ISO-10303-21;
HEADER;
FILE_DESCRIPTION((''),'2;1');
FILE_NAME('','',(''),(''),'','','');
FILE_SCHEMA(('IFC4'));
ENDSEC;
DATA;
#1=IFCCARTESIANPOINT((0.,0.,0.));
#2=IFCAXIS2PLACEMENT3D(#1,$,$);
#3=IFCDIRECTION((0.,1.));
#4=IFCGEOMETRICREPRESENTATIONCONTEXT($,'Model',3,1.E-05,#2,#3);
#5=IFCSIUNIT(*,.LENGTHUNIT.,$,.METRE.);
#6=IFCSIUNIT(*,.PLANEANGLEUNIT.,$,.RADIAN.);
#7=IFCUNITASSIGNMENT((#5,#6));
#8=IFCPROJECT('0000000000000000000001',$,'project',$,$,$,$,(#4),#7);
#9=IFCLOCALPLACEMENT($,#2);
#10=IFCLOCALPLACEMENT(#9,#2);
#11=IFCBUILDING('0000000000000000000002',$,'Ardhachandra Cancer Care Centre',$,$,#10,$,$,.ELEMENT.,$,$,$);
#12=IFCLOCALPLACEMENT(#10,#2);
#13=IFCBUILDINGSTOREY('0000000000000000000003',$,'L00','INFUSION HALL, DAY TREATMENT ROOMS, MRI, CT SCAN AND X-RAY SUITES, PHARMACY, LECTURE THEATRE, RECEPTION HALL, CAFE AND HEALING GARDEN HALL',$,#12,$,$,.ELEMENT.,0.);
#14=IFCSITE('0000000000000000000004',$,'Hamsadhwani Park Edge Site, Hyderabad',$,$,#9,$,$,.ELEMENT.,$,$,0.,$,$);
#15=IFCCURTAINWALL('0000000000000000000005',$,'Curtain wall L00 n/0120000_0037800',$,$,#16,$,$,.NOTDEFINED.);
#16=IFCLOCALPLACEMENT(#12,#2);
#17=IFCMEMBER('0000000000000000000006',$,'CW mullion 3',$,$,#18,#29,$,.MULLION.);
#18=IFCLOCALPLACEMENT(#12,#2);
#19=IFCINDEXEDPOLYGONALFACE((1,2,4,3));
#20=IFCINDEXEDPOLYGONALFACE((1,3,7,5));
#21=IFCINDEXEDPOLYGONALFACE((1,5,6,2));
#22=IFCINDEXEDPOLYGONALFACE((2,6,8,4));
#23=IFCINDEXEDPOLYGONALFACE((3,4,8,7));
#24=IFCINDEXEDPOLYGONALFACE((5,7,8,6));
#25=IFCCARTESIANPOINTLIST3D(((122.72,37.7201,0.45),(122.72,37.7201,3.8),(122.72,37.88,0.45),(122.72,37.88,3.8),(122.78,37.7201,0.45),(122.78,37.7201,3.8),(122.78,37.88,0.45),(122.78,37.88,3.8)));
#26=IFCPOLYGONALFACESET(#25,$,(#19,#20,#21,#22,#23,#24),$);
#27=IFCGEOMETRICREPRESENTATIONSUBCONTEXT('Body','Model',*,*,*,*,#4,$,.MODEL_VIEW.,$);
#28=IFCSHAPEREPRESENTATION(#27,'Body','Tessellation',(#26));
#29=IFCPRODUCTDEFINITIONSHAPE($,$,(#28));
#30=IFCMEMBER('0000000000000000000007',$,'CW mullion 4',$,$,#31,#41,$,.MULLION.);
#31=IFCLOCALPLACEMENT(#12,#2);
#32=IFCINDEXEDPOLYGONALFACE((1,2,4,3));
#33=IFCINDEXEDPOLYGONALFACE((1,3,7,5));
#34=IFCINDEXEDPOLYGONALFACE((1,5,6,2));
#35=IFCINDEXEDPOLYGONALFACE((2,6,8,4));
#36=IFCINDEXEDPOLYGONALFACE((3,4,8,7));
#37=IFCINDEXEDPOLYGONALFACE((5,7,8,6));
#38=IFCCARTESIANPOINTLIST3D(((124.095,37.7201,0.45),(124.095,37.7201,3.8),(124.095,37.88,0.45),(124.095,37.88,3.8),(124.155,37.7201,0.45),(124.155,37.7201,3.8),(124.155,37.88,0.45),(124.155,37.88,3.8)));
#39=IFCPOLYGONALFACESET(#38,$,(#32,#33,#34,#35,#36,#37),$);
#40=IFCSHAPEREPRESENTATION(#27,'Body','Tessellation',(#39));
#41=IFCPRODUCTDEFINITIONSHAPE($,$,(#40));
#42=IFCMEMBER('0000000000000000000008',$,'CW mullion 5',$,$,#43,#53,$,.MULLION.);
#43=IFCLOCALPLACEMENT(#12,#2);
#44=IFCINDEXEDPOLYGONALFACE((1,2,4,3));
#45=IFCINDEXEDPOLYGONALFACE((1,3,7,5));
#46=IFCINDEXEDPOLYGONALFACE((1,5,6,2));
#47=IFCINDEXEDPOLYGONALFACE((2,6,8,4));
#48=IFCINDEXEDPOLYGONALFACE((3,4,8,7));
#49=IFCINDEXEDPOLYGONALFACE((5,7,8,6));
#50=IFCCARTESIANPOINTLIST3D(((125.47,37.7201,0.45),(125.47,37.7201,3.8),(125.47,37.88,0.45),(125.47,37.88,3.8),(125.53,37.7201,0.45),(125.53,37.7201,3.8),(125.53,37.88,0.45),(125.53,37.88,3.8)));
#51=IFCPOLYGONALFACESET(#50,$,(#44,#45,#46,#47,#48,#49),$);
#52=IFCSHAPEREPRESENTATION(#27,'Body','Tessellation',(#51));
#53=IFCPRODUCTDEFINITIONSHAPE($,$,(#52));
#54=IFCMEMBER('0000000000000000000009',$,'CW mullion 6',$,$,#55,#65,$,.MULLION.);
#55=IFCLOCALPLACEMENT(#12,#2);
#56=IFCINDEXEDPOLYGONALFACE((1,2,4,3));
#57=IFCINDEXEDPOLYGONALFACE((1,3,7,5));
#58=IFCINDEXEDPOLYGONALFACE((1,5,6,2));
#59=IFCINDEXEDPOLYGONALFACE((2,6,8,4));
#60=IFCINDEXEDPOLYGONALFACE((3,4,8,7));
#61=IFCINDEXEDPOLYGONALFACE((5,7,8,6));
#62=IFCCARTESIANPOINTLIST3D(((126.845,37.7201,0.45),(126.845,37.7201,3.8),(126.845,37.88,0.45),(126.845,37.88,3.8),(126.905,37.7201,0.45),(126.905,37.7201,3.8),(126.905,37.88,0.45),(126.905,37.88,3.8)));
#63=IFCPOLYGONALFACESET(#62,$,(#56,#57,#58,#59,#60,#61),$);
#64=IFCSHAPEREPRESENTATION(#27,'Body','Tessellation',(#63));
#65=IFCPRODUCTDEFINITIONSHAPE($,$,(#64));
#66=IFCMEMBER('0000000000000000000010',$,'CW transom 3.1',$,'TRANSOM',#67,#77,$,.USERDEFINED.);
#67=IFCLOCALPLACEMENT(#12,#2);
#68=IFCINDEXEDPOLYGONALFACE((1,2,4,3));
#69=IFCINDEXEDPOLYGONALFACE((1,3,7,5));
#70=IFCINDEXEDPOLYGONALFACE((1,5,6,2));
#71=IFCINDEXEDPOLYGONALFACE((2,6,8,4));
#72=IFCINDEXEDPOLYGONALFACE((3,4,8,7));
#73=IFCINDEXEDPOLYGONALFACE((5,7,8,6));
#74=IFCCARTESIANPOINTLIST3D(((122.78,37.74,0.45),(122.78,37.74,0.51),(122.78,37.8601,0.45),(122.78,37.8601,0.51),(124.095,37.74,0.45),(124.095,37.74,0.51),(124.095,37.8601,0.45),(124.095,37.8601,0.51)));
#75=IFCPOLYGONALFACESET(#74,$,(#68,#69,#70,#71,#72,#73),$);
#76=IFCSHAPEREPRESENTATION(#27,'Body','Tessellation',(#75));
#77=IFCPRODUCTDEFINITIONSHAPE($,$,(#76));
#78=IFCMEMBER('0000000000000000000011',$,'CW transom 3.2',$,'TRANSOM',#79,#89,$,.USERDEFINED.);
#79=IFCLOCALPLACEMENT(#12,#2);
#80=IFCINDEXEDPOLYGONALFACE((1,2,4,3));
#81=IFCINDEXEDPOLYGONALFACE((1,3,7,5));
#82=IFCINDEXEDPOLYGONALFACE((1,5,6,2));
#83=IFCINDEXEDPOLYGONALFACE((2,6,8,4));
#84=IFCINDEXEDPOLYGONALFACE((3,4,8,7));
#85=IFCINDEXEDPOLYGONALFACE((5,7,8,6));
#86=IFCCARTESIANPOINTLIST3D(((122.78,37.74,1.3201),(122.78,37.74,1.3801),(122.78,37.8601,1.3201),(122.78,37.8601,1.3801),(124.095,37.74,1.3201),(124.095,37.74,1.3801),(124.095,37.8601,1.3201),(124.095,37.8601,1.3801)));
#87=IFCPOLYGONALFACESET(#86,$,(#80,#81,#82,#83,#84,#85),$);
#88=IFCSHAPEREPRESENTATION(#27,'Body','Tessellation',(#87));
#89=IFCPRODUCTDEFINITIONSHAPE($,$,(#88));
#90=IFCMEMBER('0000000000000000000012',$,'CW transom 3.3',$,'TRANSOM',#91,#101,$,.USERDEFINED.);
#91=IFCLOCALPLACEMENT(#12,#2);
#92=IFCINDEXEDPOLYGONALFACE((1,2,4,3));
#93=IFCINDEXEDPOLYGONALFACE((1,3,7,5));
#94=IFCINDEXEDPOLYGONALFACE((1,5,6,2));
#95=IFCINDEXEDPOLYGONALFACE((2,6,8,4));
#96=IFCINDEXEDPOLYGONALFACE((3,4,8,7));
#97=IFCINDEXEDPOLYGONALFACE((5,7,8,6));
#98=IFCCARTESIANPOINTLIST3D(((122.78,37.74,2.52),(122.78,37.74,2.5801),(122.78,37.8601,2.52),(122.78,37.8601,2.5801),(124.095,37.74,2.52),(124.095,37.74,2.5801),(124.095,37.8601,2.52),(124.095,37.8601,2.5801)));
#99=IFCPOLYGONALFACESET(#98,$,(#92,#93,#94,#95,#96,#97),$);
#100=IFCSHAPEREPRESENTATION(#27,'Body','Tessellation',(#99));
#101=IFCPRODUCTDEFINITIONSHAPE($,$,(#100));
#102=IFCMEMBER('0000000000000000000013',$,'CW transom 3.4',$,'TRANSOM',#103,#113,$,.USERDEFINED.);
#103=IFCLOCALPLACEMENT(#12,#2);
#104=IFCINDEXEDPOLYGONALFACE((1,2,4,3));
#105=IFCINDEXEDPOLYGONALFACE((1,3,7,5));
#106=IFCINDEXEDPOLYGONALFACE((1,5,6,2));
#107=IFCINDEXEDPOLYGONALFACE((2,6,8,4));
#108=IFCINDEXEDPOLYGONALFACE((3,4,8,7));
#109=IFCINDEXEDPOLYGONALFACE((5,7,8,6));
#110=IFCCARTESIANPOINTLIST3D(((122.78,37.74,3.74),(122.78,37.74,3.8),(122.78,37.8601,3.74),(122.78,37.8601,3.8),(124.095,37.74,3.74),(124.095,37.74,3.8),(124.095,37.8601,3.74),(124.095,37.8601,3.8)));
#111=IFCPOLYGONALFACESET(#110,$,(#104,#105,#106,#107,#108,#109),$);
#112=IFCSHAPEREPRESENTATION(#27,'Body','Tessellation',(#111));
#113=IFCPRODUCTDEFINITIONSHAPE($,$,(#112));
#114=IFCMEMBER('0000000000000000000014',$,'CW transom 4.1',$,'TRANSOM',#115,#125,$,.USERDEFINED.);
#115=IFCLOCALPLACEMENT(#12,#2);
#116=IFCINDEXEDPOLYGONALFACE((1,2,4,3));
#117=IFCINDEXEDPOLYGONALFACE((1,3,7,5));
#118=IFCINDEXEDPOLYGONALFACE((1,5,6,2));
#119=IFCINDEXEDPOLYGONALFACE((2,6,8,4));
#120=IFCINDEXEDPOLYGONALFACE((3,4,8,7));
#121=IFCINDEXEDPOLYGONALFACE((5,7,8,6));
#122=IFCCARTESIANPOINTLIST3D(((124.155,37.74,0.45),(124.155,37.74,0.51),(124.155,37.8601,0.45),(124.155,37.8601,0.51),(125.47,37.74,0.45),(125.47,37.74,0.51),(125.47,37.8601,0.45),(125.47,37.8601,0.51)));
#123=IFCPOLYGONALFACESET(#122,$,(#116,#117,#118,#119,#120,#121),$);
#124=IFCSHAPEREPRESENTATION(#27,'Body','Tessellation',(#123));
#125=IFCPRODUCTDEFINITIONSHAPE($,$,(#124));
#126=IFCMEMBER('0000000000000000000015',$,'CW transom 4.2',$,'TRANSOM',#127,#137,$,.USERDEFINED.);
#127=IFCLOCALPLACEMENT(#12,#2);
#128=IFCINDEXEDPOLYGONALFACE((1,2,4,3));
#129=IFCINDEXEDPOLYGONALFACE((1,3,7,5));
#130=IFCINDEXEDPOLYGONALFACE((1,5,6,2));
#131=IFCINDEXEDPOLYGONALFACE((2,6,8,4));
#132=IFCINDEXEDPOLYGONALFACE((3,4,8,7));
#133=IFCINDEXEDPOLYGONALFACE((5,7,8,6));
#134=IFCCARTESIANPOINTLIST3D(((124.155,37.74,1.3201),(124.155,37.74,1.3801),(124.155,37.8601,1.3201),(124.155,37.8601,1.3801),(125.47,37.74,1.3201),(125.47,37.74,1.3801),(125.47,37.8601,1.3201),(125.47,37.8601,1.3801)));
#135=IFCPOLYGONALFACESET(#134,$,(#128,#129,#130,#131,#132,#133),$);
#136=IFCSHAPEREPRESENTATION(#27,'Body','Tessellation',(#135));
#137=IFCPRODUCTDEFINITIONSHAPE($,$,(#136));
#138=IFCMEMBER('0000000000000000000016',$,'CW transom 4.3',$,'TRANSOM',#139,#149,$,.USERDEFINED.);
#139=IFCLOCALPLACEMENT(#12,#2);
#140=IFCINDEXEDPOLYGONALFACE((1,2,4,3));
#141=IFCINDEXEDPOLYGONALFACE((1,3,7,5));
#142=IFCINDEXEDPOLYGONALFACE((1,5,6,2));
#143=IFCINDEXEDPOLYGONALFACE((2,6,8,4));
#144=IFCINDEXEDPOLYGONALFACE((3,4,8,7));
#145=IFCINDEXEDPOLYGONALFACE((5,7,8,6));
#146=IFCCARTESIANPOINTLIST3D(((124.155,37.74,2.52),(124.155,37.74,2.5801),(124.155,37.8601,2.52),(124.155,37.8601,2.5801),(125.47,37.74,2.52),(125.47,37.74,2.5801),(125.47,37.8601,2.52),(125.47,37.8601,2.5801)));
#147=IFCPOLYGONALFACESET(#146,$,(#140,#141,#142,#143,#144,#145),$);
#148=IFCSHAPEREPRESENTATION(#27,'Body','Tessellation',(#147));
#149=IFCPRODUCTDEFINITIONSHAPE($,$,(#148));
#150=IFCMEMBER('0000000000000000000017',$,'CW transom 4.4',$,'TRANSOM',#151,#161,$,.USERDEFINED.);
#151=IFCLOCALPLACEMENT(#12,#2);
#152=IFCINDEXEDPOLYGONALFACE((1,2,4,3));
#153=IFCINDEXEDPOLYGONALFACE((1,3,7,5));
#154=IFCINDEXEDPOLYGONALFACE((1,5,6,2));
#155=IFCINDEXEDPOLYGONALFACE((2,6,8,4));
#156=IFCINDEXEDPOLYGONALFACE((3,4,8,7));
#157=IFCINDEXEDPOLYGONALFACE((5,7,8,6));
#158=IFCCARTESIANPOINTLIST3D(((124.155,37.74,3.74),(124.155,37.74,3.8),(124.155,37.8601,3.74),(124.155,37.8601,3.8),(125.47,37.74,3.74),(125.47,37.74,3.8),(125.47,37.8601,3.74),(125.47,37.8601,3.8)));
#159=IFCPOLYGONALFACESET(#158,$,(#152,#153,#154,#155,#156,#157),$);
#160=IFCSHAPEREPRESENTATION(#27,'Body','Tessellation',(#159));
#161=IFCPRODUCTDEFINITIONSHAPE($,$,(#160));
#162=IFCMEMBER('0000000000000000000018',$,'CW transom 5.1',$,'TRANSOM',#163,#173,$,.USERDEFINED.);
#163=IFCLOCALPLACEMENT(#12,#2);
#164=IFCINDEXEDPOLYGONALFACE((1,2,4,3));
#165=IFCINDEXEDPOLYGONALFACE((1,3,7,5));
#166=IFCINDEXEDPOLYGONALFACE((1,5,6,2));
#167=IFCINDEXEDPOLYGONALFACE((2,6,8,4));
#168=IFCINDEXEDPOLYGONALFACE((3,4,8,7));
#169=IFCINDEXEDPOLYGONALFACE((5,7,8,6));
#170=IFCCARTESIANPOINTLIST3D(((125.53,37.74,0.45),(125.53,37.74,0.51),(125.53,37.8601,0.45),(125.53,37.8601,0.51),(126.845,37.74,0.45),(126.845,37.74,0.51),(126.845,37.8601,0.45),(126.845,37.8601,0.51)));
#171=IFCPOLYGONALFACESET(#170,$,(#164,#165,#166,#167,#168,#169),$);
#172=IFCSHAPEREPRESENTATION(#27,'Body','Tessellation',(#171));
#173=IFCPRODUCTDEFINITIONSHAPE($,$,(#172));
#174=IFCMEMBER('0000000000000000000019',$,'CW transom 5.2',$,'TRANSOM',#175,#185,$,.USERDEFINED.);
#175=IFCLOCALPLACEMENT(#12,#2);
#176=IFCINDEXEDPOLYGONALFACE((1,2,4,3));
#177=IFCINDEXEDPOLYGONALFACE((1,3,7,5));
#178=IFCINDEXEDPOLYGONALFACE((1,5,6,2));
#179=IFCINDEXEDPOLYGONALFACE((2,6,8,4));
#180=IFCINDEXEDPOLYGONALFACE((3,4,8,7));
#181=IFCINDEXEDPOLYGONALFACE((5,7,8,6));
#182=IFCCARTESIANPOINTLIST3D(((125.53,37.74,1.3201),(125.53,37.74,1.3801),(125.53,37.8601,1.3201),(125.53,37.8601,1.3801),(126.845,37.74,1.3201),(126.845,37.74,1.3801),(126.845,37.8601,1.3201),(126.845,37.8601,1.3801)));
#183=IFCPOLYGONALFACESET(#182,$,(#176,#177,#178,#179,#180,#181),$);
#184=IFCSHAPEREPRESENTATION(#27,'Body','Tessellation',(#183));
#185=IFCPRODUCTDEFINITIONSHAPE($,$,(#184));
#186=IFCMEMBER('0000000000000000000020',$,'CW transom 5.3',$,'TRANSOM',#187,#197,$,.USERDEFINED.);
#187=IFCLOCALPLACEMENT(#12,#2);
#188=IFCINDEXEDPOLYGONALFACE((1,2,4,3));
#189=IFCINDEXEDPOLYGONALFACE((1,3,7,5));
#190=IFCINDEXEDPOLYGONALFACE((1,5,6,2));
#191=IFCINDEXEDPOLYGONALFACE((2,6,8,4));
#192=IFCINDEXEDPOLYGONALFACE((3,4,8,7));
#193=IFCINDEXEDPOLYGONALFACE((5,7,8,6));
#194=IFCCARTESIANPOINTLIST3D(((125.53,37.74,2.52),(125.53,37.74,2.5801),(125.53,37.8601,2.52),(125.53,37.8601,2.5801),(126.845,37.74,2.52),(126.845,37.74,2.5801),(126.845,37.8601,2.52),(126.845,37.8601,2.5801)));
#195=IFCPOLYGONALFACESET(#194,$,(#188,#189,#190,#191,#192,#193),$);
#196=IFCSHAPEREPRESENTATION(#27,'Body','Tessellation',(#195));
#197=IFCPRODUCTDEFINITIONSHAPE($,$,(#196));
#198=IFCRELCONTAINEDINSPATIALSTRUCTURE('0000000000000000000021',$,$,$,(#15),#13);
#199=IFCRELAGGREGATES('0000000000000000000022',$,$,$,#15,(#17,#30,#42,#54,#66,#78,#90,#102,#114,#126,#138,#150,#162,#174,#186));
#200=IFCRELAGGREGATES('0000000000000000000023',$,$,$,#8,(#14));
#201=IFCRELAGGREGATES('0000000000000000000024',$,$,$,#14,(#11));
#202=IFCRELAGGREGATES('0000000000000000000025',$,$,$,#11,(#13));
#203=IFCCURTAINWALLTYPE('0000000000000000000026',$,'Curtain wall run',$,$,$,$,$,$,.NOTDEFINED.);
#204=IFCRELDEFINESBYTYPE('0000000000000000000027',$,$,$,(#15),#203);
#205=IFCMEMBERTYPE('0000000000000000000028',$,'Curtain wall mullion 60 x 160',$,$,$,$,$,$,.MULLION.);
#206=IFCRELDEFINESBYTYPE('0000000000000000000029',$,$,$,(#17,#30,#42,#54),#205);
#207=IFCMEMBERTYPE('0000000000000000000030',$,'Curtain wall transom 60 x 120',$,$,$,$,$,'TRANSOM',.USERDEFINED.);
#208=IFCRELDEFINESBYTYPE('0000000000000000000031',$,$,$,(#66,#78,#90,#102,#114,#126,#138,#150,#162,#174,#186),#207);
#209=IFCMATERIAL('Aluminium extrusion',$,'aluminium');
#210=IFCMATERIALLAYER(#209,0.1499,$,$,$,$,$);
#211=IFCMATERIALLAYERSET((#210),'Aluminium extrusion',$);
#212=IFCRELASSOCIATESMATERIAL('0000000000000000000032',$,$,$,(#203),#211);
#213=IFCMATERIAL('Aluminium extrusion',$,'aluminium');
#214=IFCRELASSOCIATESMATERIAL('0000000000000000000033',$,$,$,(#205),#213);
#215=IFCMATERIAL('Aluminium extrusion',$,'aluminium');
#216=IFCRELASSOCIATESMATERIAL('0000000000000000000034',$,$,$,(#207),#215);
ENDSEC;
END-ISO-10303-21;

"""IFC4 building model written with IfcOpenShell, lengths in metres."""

from ifc_helpers import new_model, si_unit, direction, frame, origin, origin_2d, place, context, subcontext, project, spatial, rectangle, extrude, material, layer, layer_set, material_profile, profile_set, type_object, element, aggregate, save


model = new_model("IFC4")

# Units and contexts
model_context = context("Model", 3, precision=1e-05, world=origin(), true_north=direction((0.0, 1.0)))
body_context = subcontext(model_context, "Body", "Model", "MODEL_VIEW")
ifc_project = project(units=[si_unit("LENGTHUNIT", "METRE"), si_unit("PLANEANGLEUNIT", "RADIAN")], contexts=[model_context])

# Site, building, storey
site_placement = place(None, origin())
site = spatial("IfcSite", under=ifc_project, at=site_placement, Name="Hamsadhwani Park Edge Site, Hyderabad", CompositionType="ELEMENT", RefElevation=0.0)
building_placement = place(site_placement, origin())
building = spatial("IfcBuilding", under=site, at=building_placement, Name="Ardhachandra Cancer Care Centre", CompositionType="ELEMENT")
storey_placement = place(building_placement, origin())
storey = spatial("IfcBuildingStorey", under=building, at=storey_placement, Name="L00", Description="INFUSION HALL, DAY TREATMENT ROOMS, MRI, CT SCAN AND X-RAY SUITES, PHARMACY, LECTURE THEATRE, RECEPTION HALL, CAFE AND HEALING GARDEN HALL", CompositionType="ELEMENT", Elevation=0.0)

# Curtain wall, members
ifc_material_1 = material(Name="Aluminium extrusion", Category="aluminium")
ifc_layer_1 = layer(ifc_material_1, 0.1499)
ifc_layer_set_1 = layer_set([ifc_layer_1], Name="Aluminium extrusion")
curtain_wall_type = type_object("IfcCurtainWallType", Name="Curtain wall run", PredefinedType="NOTDEFINED", material=ifc_layer_set_1)
curtain_wall_placement = place(storey_placement, origin())
curtain_wall = element("IfcCurtainWall", 1, at=curtain_wall_placement, inside=storey, type_object=curtain_wall_type, Name="Curtain wall L00 n/0120000_0037800", PredefinedType="NOTDEFINED")
ifc_material_2 = material(Name="Aluminium extrusion", Category="aluminium")
ifc_material_profile_1 = material_profile(ifc_material_2, rectangle(XDim=0.1599, YDim=0.0601, at=origin_2d()), Name="Curtain wall mullion 60 x 160")
ifc_profile_set_1 = profile_set([ifc_material_profile_1], Name="Aluminium extrusion")
member_type_1 = type_object("IfcMemberType", Name="Curtain wall mullion 60 x 160", PredefinedType="MULLION", material=ifc_profile_set_1)
member_1_placement = place(storey_placement, frame((122.75, 37.8, 0.45), z_axis=(0.0, 0.0, 1.0), x_axis=(0.0, 1.0, 0.0)))
member_1 = element("IfcMember", 2, at=member_1_placement, type_object=member_type_1, Name="CW mullion 3", PredefinedType="MULLION", context=body_context, shape_type="SweptSolid", body=[
    extrude(rectangle(XDim=0.1599, YDim=0.0601, at=origin_2d()), origin(), (0.0, 0.0, 1.0), 3.3501),
])
member_2_placement = place(storey_placement, frame((124.125, 37.8, 0.45), z_axis=(0.0, 0.0, 1.0), x_axis=(0.0, 1.0, 0.0)))
member_2 = element("IfcMember", 3, at=member_2_placement, type_object=member_type_1, Name="CW mullion 4", PredefinedType="MULLION", context=body_context, shape_type="SweptSolid", body=[
    extrude(rectangle(XDim=0.1599, YDim=0.0601, at=origin_2d()), origin(), (0.0, 0.0, 1.0), 3.3501),
])
member_3_placement = place(storey_placement, frame((125.5, 37.8, 0.45), z_axis=(0.0, 0.0, 1.0), x_axis=(0.0, 1.0, 0.0)))
member_3 = element("IfcMember", 4, at=member_3_placement, type_object=member_type_1, Name="CW mullion 5", PredefinedType="MULLION", context=body_context, shape_type="SweptSolid", body=[
    extrude(rectangle(XDim=0.1599, YDim=0.0601, at=origin_2d()), origin(), (0.0, 0.0, 1.0), 3.3501),
])
member_4_placement = place(storey_placement, frame((126.875, 37.8, 0.45), z_axis=(0.0, 0.0, 1.0), x_axis=(0.0, 1.0, 0.0)))
member_4 = element("IfcMember", 5, at=member_4_placement, type_object=member_type_1, Name="CW mullion 6", PredefinedType="MULLION", context=body_context, shape_type="SweptSolid", body=[
    extrude(rectangle(XDim=0.1599, YDim=0.0601, at=origin_2d()), origin(), (0.0, 0.0, 1.0), 3.3501),
])
ifc_material_3 = material(Name="Aluminium extrusion", Category="aluminium")
ifc_material_profile_2 = material_profile(ifc_material_3, rectangle(XDim=0.1201, YDim=0.0601, at=origin_2d()), Name="Curtain wall transom 60 x 120")
ifc_profile_set_2 = profile_set([ifc_material_profile_2], Name="Aluminium extrusion")
member_type_2 = type_object("IfcMemberType", Name="Curtain wall transom 60 x 120", ElementType="TRANSOM", PredefinedType="USERDEFINED", material=ifc_profile_set_2)
member_5_placement = place(storey_placement, frame((122.78, 37.8, 0.48), z_axis=(1.0, 0.0, 0.0), x_axis=(0.0, 1.0, 0.0)))
member_5 = element("IfcMember", 6, at=member_5_placement, type_object=member_type_2, Name="CW transom 3.1", ObjectType="TRANSOM", PredefinedType="USERDEFINED", context=body_context, shape_type="SweptSolid", body=[
    extrude(rectangle(XDim=0.1201, YDim=0.0601, at=origin_2d()), origin(), (0.0, 0.0, 1.0), 1.3149),
])
member_6_placement = place(storey_placement, frame((122.78, 37.8, 1.3501), z_axis=(1.0, 0.0, 0.0), x_axis=(0.0, 1.0, 0.0)))
member_6 = element("IfcMember", 7, at=member_6_placement, type_object=member_type_2, Name="CW transom 3.2", ObjectType="TRANSOM", PredefinedType="USERDEFINED", context=body_context, shape_type="SweptSolid", body=[
    extrude(rectangle(XDim=0.1201, YDim=0.0601, at=origin_2d()), origin(), (0.0, 0.0, 1.0), 1.3149),
])
member_7_placement = place(storey_placement, frame((122.78, 37.8, 2.55), z_axis=(1.0, 0.0, 0.0), x_axis=(0.0, 1.0, 0.0)))
member_7 = element("IfcMember", 8, at=member_7_placement, type_object=member_type_2, Name="CW transom 3.3", ObjectType="TRANSOM", PredefinedType="USERDEFINED", context=body_context, shape_type="SweptSolid", body=[
    extrude(rectangle(XDim=0.1201, YDim=0.0601, at=origin_2d()), origin(), (0.0, 0.0, 1.0), 1.3149),
])
member_8_placement = place(storey_placement, frame((122.78, 37.8, 3.77), z_axis=(1.0, 0.0, 0.0), x_axis=(0.0, 1.0, 0.0)))
member_8 = element("IfcMember", 9, at=member_8_placement, type_object=member_type_2, Name="CW transom 3.4", ObjectType="TRANSOM", PredefinedType="USERDEFINED", context=body_context, shape_type="SweptSolid", body=[
    extrude(rectangle(XDim=0.1201, YDim=0.0601, at=origin_2d()), origin(), (0.0, 0.0, 1.0), 1.3149),
])
member_9_placement = place(storey_placement, frame((124.155, 37.8, 0.48), z_axis=(1.0, 0.0, 0.0), x_axis=(0.0, 1.0, 0.0)))
member_9 = element("IfcMember", 10, at=member_9_placement, type_object=member_type_2, Name="CW transom 4.1", ObjectType="TRANSOM", PredefinedType="USERDEFINED", context=body_context, shape_type="SweptSolid", body=[
    extrude(rectangle(XDim=0.1201, YDim=0.0601, at=origin_2d()), origin(), (0.0, 0.0, 1.0), 1.3149),
])
member_10_placement = place(storey_placement, frame((124.155, 37.8, 1.3501), z_axis=(1.0, 0.0, 0.0), x_axis=(0.0, 1.0, 0.0)))
member_10 = element("IfcMember", 11, at=member_10_placement, type_object=member_type_2, Name="CW transom 4.2", ObjectType="TRANSOM", PredefinedType="USERDEFINED", context=body_context, shape_type="SweptSolid", body=[
    extrude(rectangle(XDim=0.1201, YDim=0.0601, at=origin_2d()), origin(), (0.0, 0.0, 1.0), 1.3149),
])
member_11_placement = place(storey_placement, frame((124.155, 37.8, 2.55), z_axis=(1.0, 0.0, 0.0), x_axis=(0.0, 1.0, 0.0)))
member_11 = element("IfcMember", 12, at=member_11_placement, type_object=member_type_2, Name="CW transom 4.3", ObjectType="TRANSOM", PredefinedType="USERDEFINED", context=body_context, shape_type="SweptSolid", body=[
    extrude(rectangle(XDim=0.1201, YDim=0.0601, at=origin_2d()), origin(), (0.0, 0.0, 1.0), 1.3149),
])
member_12_placement = place(storey_placement, frame((124.155, 37.8, 3.77), z_axis=(1.0, 0.0, 0.0), x_axis=(0.0, 1.0, 0.0)))
member_12 = element("IfcMember", 13, at=member_12_placement, type_object=member_type_2, Name="CW transom 4.4", ObjectType="TRANSOM", PredefinedType="USERDEFINED", context=body_context, shape_type="SweptSolid", body=[
    extrude(rectangle(XDim=0.1201, YDim=0.0601, at=origin_2d()), origin(), (0.0, 0.0, 1.0), 1.3149),
])
member_13_placement = place(storey_placement, frame((125.53, 37.8, 0.48), z_axis=(1.0, 0.0, 0.0), x_axis=(0.0, 1.0, 0.0)))
member_13 = element("IfcMember", 14, at=member_13_placement, type_object=member_type_2, Name="CW transom 5.1", ObjectType="TRANSOM", PredefinedType="USERDEFINED", context=body_context, shape_type="SweptSolid", body=[
    extrude(rectangle(XDim=0.1201, YDim=0.0601, at=origin_2d()), origin(), (0.0, 0.0, 1.0), 1.3149),
])
member_14_placement = place(storey_placement, frame((125.53, 37.8, 1.3501), z_axis=(1.0, 0.0, 0.0), x_axis=(0.0, 1.0, 0.0)))
member_14 = element("IfcMember", 15, at=member_14_placement, type_object=member_type_2, Name="CW transom 5.2", ObjectType="TRANSOM", PredefinedType="USERDEFINED", context=body_context, shape_type="SweptSolid", body=[
    extrude(rectangle(XDim=0.1201, YDim=0.0601, at=origin_2d()), origin(), (0.0, 0.0, 1.0), 1.3149),
])
member_15_placement = place(storey_placement, frame((125.53, 37.8, 2.55), z_axis=(1.0, 0.0, 0.0), x_axis=(0.0, 1.0, 0.0)))
member_15 = element("IfcMember", 16, at=member_15_placement, type_object=member_type_2, Name="CW transom 5.3", ObjectType="TRANSOM", PredefinedType="USERDEFINED", context=body_context, shape_type="SweptSolid", body=[
    extrude(rectangle(XDim=0.1201, YDim=0.0601, at=origin_2d()), origin(), (0.0, 0.0, 1.0), 1.3149),
])
aggregate(curtain_wall, [member_1, member_2, member_3, member_4, member_5, member_6, member_7, member_8, member_9, member_10, member_11, member_12, member_13, member_14, member_15])

save(model, "model.ifc")
